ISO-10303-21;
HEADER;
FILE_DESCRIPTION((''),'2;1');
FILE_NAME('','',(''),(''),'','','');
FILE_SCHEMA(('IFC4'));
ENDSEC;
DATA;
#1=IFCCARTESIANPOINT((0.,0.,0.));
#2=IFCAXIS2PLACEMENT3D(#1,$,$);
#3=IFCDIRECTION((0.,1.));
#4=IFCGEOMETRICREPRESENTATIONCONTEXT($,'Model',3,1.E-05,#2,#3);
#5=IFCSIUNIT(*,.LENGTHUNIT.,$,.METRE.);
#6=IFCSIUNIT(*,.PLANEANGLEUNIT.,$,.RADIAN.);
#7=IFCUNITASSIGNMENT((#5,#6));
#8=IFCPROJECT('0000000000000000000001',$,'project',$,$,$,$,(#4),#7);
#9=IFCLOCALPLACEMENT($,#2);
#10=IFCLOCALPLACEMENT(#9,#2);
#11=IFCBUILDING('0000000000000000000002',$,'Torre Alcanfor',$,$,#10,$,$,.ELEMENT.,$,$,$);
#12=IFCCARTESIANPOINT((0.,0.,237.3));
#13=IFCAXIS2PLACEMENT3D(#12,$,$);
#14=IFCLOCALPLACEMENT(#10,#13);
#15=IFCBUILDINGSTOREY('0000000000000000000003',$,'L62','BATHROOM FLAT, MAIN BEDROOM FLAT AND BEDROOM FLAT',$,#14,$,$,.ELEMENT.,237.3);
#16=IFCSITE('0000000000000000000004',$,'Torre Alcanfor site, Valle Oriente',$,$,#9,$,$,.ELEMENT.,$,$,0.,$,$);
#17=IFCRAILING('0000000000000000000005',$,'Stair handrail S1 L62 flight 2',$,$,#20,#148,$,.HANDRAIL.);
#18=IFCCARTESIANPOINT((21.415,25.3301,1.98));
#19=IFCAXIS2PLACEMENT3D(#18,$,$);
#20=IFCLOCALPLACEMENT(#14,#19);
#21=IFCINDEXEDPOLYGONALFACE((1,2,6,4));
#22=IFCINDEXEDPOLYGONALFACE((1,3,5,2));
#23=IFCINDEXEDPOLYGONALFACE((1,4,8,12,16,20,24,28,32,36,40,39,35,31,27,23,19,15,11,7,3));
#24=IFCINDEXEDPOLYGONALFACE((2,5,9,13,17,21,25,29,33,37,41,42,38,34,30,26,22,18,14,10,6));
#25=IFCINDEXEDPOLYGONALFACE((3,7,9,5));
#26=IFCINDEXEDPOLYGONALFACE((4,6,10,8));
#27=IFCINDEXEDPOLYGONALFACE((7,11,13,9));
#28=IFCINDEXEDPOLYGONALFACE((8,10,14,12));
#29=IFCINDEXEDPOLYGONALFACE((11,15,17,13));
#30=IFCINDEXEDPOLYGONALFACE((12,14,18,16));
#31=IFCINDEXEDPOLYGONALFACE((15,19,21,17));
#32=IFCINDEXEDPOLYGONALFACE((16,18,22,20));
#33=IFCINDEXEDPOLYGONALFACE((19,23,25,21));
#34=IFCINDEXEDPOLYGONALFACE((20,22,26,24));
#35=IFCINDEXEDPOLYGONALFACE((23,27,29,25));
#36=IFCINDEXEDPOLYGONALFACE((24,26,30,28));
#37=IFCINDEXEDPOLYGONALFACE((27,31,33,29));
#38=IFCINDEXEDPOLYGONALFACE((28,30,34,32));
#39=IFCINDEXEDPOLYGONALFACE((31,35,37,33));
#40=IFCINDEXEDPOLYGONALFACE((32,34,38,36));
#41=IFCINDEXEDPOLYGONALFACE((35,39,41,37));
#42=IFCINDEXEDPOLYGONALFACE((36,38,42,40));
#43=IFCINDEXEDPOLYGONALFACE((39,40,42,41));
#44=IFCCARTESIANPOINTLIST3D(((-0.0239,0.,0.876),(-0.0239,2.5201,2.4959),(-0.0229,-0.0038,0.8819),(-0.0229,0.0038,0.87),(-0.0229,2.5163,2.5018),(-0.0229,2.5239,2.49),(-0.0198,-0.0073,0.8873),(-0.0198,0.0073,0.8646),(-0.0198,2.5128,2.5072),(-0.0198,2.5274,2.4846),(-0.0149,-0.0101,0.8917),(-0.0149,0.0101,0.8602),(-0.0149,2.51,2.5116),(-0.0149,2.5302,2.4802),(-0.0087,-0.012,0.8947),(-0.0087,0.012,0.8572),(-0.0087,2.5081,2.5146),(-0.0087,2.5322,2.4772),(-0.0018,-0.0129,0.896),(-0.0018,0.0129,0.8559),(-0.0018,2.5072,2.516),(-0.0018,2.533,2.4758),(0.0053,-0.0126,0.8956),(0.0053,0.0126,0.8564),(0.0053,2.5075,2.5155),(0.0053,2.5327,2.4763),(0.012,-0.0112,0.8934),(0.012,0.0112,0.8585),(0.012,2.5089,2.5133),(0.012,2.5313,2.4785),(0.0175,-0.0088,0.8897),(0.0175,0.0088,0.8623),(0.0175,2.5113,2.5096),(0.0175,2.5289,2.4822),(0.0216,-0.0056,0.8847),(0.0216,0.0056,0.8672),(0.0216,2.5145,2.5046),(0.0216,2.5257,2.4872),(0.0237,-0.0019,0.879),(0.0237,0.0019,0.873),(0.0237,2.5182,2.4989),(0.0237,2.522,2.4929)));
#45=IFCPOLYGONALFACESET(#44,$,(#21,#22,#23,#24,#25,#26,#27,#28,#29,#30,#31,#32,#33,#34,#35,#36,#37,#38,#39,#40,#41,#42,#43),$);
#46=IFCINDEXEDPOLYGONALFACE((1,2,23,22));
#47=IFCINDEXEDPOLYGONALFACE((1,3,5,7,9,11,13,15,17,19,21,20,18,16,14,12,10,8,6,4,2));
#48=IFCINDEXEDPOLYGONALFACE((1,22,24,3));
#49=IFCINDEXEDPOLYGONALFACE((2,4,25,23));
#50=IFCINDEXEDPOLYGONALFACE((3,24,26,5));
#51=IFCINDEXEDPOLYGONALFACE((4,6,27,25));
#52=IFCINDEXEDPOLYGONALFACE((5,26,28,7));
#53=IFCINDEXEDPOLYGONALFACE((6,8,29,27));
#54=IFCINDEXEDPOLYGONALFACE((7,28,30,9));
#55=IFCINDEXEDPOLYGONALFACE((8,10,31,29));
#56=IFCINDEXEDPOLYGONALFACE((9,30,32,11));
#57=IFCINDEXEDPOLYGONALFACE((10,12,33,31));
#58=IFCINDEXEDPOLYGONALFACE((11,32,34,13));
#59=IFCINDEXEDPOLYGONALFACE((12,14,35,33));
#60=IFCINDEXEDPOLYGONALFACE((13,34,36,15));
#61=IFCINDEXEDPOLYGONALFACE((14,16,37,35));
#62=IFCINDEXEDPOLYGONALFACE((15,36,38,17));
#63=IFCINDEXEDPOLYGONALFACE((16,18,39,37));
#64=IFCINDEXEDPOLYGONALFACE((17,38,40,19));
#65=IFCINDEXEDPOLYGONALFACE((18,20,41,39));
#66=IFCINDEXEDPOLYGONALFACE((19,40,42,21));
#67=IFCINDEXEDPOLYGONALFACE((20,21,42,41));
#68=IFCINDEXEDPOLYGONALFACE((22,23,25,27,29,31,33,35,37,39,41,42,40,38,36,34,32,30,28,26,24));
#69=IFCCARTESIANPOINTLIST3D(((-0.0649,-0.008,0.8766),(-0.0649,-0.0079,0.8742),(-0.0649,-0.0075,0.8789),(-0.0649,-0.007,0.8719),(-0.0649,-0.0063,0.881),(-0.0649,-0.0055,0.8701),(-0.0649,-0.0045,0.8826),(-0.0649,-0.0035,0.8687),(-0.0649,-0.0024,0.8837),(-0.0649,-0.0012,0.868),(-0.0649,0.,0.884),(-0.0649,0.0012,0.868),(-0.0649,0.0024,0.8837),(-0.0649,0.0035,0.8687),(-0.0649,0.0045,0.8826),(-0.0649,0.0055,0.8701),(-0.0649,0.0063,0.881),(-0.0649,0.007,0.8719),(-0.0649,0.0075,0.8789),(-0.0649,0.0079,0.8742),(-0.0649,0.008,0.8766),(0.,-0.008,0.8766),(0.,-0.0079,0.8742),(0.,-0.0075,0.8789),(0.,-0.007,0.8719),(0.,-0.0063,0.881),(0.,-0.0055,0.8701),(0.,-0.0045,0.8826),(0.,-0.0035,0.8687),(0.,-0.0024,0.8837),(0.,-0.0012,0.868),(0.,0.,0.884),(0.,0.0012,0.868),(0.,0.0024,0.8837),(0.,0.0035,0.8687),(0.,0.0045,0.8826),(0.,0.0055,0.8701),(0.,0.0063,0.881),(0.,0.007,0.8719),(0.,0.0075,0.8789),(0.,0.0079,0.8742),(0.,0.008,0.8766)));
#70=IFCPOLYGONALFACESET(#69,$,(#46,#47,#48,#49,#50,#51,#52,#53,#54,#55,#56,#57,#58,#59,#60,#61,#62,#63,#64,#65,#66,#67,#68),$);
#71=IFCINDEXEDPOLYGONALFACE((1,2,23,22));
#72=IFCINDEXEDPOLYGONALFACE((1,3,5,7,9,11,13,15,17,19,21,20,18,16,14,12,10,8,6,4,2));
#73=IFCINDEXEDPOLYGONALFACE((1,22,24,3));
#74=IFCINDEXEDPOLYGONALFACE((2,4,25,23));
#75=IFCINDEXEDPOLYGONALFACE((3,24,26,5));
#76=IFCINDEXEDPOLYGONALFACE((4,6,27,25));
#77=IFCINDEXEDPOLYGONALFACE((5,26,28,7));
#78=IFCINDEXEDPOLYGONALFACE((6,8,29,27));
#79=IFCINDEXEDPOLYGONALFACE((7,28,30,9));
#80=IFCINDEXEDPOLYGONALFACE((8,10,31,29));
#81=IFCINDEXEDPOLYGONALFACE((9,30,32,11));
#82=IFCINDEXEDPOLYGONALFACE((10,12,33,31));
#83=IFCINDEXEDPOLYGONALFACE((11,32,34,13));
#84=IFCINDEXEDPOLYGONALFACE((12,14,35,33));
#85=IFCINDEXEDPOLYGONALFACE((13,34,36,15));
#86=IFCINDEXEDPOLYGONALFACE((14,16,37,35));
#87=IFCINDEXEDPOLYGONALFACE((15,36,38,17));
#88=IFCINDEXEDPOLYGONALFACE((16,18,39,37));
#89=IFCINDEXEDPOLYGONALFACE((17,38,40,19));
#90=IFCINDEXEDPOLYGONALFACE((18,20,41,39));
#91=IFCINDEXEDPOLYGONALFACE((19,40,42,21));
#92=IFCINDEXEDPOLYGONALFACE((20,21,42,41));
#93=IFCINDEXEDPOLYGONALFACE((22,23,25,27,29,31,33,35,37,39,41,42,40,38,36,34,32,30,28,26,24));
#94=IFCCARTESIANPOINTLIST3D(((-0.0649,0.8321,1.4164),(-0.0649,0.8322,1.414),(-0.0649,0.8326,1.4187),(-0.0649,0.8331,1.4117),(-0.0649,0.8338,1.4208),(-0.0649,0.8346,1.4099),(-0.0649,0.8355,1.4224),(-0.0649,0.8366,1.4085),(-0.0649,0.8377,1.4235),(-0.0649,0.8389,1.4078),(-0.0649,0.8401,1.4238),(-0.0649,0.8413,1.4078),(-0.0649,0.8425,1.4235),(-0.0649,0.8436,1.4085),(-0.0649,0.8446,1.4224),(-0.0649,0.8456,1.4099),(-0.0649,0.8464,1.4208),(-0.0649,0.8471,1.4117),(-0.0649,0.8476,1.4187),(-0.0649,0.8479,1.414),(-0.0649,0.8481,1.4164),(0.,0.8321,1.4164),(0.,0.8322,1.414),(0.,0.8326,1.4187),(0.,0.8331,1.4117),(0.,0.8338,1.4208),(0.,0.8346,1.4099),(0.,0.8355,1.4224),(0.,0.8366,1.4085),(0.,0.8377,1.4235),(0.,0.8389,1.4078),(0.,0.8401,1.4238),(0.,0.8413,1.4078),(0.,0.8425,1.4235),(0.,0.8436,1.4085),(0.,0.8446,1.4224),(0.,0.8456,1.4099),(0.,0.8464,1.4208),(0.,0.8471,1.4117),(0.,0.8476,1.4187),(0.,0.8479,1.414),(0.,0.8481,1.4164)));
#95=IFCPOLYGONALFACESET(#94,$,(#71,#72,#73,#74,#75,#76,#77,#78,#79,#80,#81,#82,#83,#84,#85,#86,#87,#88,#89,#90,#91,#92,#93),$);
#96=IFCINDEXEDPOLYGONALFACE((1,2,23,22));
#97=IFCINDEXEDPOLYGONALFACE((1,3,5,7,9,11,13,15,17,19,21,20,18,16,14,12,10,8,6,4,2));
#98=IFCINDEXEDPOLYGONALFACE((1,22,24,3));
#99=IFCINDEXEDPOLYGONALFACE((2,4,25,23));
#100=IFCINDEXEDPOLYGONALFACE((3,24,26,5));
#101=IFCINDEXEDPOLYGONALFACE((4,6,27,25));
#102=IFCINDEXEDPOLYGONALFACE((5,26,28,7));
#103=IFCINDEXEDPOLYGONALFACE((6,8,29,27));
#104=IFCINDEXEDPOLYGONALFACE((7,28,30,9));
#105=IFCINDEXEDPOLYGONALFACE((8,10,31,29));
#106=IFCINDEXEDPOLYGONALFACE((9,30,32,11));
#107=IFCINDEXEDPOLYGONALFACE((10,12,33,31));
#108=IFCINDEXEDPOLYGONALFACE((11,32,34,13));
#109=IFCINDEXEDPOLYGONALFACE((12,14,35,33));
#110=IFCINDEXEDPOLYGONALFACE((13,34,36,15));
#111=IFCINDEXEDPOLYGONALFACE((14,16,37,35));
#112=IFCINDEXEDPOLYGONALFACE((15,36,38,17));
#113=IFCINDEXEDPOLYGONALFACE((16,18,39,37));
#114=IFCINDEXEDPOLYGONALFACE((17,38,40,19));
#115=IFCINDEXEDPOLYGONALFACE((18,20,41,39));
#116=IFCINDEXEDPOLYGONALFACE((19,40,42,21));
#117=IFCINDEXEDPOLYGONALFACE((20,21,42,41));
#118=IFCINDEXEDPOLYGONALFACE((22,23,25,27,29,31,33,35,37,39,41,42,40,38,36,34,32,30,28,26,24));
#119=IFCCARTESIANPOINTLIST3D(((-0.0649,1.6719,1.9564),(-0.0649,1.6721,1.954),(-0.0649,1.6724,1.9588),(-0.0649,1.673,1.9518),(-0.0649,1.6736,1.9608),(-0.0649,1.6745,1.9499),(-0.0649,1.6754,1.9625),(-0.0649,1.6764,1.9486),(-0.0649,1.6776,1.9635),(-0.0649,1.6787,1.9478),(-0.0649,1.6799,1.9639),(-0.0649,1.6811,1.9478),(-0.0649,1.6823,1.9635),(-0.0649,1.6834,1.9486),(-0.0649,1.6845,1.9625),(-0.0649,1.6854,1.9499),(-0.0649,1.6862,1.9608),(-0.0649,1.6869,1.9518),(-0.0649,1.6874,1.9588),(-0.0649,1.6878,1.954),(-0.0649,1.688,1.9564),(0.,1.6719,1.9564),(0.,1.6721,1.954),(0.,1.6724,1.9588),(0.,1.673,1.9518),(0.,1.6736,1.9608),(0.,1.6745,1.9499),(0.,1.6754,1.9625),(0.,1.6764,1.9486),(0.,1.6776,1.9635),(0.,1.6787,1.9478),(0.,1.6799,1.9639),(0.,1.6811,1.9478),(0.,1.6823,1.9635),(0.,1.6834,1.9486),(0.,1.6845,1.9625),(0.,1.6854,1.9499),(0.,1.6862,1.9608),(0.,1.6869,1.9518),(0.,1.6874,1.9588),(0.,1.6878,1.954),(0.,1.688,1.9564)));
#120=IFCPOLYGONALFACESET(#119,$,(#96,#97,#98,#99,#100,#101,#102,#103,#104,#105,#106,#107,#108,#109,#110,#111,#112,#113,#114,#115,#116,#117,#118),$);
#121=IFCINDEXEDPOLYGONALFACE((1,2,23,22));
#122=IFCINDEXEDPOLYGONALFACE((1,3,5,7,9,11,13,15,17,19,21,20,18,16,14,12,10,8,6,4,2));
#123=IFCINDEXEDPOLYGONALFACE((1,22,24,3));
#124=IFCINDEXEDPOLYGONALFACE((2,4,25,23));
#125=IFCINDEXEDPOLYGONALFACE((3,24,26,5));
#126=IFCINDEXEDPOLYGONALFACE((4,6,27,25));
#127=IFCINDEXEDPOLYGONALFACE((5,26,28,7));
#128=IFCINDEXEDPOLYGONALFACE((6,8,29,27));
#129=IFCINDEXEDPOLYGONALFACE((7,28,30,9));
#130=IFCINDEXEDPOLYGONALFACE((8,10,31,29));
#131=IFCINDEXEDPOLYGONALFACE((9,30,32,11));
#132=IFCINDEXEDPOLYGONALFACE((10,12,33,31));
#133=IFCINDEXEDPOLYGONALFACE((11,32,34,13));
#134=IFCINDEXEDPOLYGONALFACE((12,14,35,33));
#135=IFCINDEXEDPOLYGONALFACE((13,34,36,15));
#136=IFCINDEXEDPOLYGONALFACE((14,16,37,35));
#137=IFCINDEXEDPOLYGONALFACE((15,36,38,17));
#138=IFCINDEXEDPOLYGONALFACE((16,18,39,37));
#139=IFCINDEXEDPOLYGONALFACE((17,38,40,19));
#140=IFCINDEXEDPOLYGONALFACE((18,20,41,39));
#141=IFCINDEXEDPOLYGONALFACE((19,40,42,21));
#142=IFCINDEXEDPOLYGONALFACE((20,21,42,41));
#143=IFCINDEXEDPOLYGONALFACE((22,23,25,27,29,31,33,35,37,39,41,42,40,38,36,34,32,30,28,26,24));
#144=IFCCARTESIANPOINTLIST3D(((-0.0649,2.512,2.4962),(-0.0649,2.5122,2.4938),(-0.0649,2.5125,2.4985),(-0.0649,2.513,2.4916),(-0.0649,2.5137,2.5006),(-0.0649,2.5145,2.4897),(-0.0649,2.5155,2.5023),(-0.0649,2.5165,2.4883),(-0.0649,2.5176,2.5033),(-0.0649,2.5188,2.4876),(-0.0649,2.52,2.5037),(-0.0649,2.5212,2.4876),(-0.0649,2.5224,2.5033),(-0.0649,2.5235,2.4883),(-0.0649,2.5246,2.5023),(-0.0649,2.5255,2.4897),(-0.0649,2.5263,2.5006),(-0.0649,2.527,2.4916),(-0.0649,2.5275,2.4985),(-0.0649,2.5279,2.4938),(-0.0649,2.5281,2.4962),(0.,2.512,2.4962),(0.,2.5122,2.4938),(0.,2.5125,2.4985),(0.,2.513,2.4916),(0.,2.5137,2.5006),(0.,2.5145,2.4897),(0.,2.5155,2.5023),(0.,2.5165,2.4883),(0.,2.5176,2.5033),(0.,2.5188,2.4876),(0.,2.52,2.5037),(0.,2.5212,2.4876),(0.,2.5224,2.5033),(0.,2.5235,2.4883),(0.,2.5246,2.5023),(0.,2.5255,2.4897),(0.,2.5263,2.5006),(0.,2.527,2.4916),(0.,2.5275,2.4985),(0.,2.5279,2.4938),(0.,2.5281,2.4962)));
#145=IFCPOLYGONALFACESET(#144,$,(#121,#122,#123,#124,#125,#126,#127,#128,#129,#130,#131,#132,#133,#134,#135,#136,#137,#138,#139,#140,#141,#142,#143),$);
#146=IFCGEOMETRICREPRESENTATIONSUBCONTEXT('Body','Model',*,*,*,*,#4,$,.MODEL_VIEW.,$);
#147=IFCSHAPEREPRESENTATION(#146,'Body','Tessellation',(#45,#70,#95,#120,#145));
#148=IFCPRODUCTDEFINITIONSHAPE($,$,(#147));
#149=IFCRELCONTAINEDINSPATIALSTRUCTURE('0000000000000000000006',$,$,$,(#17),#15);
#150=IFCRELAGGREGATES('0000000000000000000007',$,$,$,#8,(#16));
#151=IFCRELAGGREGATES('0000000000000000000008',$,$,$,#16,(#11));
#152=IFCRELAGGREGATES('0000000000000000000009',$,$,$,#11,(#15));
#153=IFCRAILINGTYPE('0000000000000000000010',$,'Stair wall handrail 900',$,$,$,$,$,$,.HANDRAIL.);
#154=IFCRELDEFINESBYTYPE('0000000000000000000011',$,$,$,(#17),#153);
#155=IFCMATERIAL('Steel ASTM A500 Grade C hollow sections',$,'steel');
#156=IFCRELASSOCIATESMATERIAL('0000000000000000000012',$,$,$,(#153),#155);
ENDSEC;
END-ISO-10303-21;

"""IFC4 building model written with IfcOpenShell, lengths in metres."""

from ifc_helpers import new_model, si_unit, direction, frame, origin, origin_2d, place, context, subcontext, project, spatial, circle, extrude, material, type_object, element, save


model = new_model("IFC4")

# Units and contexts
model_context = context("Model", 3, precision=1e-05, world=origin(), true_north=direction((0.0, 1.0)))
body_context = subcontext(model_context, "Body", "Model", "MODEL_VIEW")
ifc_project = project(units=[si_unit("LENGTHUNIT", "METRE"), si_unit("PLANEANGLEUNIT", "RADIAN")], contexts=[model_context])

# Site, building, storey
site_placement = place(None, origin())
site = spatial("IfcSite", under=ifc_project, at=site_placement, Name="Torre Alcanfor site, Valle Oriente", CompositionType="ELEMENT", RefElevation=0.0)
building_placement = place(site_placement, origin())
building = spatial("IfcBuilding", under=site, at=building_placement, Name="Torre Alcanfor", CompositionType="ELEMENT")
storey_placement = place(building_placement, frame((0.0, 0.0, 237.3)))
storey = spatial("IfcBuildingStorey", under=building, at=storey_placement, Name="L62", Description="BATHROOM FLAT, MAIN BEDROOM FLAT AND BEDROOM FLAT", CompositionType="ELEMENT", Elevation=237.3)

# Railing
ifc_material_1 = material(Name="Steel ASTM A500 Grade C hollow sections", Category="steel")
railing_type_1 = type_object("IfcRailingType", Name="Stair wall handrail 900", PredefinedType="HANDRAIL", material=ifc_material_1)
railing_1_placement = place(storey_placement, frame((21.415, 25.3301, 1.98)))
element("IfcRailing", 1, at=railing_1_placement, inside=storey, type_object=railing_type_1, Name="Stair handrail S1 L62 flight 2", PredefinedType="HANDRAIL", context=body_context, shape_type="SweptSolid", body=[
    extrude(circle(Radius=0.0239, at=origin_2d()), frame((0.0, 0.0, 0.876), z_axis=(0.0, 0.8412, 0.540725), x_axis=(-1.0, 0.0, 0.0)), (0.0, 0.0, 1.0), 2.9958),
    extrude(circle(Radius=0.0081, at=origin_2d()), frame((0.0, 0.0, 0.876), z_axis=(-1.0, 0.0, 0.0), x_axis=(0.0, 0.0, 1.0)), (0.0, 0.0, 1.0), 0.0649),
    extrude(circle(Radius=0.0081, at=origin_2d()), frame((0.0, 0.8401, 1.4158), z_axis=(-1.0, 0.0, 0.0), x_axis=(0.0, 0.0, 1.0)), (0.0, 0.0, 1.0), 0.0649),
    extrude(circle(Radius=0.0081, at=origin_2d()), frame((0.0, 1.6799, 1.9558), z_axis=(-1.0, 0.0, 0.0), x_axis=(0.0, 0.0, 1.0)), (0.0, 0.0, 1.0), 0.0649),
    extrude(circle(Radius=0.0081, at=origin_2d()), frame((0.0, 2.52, 2.4956), z_axis=(-1.0, 0.0, 0.0), x_axis=(0.0, 0.0, 1.0)), (0.0, 0.0, 1.0), 0.0649),
])

save(model, "model.ifc")
